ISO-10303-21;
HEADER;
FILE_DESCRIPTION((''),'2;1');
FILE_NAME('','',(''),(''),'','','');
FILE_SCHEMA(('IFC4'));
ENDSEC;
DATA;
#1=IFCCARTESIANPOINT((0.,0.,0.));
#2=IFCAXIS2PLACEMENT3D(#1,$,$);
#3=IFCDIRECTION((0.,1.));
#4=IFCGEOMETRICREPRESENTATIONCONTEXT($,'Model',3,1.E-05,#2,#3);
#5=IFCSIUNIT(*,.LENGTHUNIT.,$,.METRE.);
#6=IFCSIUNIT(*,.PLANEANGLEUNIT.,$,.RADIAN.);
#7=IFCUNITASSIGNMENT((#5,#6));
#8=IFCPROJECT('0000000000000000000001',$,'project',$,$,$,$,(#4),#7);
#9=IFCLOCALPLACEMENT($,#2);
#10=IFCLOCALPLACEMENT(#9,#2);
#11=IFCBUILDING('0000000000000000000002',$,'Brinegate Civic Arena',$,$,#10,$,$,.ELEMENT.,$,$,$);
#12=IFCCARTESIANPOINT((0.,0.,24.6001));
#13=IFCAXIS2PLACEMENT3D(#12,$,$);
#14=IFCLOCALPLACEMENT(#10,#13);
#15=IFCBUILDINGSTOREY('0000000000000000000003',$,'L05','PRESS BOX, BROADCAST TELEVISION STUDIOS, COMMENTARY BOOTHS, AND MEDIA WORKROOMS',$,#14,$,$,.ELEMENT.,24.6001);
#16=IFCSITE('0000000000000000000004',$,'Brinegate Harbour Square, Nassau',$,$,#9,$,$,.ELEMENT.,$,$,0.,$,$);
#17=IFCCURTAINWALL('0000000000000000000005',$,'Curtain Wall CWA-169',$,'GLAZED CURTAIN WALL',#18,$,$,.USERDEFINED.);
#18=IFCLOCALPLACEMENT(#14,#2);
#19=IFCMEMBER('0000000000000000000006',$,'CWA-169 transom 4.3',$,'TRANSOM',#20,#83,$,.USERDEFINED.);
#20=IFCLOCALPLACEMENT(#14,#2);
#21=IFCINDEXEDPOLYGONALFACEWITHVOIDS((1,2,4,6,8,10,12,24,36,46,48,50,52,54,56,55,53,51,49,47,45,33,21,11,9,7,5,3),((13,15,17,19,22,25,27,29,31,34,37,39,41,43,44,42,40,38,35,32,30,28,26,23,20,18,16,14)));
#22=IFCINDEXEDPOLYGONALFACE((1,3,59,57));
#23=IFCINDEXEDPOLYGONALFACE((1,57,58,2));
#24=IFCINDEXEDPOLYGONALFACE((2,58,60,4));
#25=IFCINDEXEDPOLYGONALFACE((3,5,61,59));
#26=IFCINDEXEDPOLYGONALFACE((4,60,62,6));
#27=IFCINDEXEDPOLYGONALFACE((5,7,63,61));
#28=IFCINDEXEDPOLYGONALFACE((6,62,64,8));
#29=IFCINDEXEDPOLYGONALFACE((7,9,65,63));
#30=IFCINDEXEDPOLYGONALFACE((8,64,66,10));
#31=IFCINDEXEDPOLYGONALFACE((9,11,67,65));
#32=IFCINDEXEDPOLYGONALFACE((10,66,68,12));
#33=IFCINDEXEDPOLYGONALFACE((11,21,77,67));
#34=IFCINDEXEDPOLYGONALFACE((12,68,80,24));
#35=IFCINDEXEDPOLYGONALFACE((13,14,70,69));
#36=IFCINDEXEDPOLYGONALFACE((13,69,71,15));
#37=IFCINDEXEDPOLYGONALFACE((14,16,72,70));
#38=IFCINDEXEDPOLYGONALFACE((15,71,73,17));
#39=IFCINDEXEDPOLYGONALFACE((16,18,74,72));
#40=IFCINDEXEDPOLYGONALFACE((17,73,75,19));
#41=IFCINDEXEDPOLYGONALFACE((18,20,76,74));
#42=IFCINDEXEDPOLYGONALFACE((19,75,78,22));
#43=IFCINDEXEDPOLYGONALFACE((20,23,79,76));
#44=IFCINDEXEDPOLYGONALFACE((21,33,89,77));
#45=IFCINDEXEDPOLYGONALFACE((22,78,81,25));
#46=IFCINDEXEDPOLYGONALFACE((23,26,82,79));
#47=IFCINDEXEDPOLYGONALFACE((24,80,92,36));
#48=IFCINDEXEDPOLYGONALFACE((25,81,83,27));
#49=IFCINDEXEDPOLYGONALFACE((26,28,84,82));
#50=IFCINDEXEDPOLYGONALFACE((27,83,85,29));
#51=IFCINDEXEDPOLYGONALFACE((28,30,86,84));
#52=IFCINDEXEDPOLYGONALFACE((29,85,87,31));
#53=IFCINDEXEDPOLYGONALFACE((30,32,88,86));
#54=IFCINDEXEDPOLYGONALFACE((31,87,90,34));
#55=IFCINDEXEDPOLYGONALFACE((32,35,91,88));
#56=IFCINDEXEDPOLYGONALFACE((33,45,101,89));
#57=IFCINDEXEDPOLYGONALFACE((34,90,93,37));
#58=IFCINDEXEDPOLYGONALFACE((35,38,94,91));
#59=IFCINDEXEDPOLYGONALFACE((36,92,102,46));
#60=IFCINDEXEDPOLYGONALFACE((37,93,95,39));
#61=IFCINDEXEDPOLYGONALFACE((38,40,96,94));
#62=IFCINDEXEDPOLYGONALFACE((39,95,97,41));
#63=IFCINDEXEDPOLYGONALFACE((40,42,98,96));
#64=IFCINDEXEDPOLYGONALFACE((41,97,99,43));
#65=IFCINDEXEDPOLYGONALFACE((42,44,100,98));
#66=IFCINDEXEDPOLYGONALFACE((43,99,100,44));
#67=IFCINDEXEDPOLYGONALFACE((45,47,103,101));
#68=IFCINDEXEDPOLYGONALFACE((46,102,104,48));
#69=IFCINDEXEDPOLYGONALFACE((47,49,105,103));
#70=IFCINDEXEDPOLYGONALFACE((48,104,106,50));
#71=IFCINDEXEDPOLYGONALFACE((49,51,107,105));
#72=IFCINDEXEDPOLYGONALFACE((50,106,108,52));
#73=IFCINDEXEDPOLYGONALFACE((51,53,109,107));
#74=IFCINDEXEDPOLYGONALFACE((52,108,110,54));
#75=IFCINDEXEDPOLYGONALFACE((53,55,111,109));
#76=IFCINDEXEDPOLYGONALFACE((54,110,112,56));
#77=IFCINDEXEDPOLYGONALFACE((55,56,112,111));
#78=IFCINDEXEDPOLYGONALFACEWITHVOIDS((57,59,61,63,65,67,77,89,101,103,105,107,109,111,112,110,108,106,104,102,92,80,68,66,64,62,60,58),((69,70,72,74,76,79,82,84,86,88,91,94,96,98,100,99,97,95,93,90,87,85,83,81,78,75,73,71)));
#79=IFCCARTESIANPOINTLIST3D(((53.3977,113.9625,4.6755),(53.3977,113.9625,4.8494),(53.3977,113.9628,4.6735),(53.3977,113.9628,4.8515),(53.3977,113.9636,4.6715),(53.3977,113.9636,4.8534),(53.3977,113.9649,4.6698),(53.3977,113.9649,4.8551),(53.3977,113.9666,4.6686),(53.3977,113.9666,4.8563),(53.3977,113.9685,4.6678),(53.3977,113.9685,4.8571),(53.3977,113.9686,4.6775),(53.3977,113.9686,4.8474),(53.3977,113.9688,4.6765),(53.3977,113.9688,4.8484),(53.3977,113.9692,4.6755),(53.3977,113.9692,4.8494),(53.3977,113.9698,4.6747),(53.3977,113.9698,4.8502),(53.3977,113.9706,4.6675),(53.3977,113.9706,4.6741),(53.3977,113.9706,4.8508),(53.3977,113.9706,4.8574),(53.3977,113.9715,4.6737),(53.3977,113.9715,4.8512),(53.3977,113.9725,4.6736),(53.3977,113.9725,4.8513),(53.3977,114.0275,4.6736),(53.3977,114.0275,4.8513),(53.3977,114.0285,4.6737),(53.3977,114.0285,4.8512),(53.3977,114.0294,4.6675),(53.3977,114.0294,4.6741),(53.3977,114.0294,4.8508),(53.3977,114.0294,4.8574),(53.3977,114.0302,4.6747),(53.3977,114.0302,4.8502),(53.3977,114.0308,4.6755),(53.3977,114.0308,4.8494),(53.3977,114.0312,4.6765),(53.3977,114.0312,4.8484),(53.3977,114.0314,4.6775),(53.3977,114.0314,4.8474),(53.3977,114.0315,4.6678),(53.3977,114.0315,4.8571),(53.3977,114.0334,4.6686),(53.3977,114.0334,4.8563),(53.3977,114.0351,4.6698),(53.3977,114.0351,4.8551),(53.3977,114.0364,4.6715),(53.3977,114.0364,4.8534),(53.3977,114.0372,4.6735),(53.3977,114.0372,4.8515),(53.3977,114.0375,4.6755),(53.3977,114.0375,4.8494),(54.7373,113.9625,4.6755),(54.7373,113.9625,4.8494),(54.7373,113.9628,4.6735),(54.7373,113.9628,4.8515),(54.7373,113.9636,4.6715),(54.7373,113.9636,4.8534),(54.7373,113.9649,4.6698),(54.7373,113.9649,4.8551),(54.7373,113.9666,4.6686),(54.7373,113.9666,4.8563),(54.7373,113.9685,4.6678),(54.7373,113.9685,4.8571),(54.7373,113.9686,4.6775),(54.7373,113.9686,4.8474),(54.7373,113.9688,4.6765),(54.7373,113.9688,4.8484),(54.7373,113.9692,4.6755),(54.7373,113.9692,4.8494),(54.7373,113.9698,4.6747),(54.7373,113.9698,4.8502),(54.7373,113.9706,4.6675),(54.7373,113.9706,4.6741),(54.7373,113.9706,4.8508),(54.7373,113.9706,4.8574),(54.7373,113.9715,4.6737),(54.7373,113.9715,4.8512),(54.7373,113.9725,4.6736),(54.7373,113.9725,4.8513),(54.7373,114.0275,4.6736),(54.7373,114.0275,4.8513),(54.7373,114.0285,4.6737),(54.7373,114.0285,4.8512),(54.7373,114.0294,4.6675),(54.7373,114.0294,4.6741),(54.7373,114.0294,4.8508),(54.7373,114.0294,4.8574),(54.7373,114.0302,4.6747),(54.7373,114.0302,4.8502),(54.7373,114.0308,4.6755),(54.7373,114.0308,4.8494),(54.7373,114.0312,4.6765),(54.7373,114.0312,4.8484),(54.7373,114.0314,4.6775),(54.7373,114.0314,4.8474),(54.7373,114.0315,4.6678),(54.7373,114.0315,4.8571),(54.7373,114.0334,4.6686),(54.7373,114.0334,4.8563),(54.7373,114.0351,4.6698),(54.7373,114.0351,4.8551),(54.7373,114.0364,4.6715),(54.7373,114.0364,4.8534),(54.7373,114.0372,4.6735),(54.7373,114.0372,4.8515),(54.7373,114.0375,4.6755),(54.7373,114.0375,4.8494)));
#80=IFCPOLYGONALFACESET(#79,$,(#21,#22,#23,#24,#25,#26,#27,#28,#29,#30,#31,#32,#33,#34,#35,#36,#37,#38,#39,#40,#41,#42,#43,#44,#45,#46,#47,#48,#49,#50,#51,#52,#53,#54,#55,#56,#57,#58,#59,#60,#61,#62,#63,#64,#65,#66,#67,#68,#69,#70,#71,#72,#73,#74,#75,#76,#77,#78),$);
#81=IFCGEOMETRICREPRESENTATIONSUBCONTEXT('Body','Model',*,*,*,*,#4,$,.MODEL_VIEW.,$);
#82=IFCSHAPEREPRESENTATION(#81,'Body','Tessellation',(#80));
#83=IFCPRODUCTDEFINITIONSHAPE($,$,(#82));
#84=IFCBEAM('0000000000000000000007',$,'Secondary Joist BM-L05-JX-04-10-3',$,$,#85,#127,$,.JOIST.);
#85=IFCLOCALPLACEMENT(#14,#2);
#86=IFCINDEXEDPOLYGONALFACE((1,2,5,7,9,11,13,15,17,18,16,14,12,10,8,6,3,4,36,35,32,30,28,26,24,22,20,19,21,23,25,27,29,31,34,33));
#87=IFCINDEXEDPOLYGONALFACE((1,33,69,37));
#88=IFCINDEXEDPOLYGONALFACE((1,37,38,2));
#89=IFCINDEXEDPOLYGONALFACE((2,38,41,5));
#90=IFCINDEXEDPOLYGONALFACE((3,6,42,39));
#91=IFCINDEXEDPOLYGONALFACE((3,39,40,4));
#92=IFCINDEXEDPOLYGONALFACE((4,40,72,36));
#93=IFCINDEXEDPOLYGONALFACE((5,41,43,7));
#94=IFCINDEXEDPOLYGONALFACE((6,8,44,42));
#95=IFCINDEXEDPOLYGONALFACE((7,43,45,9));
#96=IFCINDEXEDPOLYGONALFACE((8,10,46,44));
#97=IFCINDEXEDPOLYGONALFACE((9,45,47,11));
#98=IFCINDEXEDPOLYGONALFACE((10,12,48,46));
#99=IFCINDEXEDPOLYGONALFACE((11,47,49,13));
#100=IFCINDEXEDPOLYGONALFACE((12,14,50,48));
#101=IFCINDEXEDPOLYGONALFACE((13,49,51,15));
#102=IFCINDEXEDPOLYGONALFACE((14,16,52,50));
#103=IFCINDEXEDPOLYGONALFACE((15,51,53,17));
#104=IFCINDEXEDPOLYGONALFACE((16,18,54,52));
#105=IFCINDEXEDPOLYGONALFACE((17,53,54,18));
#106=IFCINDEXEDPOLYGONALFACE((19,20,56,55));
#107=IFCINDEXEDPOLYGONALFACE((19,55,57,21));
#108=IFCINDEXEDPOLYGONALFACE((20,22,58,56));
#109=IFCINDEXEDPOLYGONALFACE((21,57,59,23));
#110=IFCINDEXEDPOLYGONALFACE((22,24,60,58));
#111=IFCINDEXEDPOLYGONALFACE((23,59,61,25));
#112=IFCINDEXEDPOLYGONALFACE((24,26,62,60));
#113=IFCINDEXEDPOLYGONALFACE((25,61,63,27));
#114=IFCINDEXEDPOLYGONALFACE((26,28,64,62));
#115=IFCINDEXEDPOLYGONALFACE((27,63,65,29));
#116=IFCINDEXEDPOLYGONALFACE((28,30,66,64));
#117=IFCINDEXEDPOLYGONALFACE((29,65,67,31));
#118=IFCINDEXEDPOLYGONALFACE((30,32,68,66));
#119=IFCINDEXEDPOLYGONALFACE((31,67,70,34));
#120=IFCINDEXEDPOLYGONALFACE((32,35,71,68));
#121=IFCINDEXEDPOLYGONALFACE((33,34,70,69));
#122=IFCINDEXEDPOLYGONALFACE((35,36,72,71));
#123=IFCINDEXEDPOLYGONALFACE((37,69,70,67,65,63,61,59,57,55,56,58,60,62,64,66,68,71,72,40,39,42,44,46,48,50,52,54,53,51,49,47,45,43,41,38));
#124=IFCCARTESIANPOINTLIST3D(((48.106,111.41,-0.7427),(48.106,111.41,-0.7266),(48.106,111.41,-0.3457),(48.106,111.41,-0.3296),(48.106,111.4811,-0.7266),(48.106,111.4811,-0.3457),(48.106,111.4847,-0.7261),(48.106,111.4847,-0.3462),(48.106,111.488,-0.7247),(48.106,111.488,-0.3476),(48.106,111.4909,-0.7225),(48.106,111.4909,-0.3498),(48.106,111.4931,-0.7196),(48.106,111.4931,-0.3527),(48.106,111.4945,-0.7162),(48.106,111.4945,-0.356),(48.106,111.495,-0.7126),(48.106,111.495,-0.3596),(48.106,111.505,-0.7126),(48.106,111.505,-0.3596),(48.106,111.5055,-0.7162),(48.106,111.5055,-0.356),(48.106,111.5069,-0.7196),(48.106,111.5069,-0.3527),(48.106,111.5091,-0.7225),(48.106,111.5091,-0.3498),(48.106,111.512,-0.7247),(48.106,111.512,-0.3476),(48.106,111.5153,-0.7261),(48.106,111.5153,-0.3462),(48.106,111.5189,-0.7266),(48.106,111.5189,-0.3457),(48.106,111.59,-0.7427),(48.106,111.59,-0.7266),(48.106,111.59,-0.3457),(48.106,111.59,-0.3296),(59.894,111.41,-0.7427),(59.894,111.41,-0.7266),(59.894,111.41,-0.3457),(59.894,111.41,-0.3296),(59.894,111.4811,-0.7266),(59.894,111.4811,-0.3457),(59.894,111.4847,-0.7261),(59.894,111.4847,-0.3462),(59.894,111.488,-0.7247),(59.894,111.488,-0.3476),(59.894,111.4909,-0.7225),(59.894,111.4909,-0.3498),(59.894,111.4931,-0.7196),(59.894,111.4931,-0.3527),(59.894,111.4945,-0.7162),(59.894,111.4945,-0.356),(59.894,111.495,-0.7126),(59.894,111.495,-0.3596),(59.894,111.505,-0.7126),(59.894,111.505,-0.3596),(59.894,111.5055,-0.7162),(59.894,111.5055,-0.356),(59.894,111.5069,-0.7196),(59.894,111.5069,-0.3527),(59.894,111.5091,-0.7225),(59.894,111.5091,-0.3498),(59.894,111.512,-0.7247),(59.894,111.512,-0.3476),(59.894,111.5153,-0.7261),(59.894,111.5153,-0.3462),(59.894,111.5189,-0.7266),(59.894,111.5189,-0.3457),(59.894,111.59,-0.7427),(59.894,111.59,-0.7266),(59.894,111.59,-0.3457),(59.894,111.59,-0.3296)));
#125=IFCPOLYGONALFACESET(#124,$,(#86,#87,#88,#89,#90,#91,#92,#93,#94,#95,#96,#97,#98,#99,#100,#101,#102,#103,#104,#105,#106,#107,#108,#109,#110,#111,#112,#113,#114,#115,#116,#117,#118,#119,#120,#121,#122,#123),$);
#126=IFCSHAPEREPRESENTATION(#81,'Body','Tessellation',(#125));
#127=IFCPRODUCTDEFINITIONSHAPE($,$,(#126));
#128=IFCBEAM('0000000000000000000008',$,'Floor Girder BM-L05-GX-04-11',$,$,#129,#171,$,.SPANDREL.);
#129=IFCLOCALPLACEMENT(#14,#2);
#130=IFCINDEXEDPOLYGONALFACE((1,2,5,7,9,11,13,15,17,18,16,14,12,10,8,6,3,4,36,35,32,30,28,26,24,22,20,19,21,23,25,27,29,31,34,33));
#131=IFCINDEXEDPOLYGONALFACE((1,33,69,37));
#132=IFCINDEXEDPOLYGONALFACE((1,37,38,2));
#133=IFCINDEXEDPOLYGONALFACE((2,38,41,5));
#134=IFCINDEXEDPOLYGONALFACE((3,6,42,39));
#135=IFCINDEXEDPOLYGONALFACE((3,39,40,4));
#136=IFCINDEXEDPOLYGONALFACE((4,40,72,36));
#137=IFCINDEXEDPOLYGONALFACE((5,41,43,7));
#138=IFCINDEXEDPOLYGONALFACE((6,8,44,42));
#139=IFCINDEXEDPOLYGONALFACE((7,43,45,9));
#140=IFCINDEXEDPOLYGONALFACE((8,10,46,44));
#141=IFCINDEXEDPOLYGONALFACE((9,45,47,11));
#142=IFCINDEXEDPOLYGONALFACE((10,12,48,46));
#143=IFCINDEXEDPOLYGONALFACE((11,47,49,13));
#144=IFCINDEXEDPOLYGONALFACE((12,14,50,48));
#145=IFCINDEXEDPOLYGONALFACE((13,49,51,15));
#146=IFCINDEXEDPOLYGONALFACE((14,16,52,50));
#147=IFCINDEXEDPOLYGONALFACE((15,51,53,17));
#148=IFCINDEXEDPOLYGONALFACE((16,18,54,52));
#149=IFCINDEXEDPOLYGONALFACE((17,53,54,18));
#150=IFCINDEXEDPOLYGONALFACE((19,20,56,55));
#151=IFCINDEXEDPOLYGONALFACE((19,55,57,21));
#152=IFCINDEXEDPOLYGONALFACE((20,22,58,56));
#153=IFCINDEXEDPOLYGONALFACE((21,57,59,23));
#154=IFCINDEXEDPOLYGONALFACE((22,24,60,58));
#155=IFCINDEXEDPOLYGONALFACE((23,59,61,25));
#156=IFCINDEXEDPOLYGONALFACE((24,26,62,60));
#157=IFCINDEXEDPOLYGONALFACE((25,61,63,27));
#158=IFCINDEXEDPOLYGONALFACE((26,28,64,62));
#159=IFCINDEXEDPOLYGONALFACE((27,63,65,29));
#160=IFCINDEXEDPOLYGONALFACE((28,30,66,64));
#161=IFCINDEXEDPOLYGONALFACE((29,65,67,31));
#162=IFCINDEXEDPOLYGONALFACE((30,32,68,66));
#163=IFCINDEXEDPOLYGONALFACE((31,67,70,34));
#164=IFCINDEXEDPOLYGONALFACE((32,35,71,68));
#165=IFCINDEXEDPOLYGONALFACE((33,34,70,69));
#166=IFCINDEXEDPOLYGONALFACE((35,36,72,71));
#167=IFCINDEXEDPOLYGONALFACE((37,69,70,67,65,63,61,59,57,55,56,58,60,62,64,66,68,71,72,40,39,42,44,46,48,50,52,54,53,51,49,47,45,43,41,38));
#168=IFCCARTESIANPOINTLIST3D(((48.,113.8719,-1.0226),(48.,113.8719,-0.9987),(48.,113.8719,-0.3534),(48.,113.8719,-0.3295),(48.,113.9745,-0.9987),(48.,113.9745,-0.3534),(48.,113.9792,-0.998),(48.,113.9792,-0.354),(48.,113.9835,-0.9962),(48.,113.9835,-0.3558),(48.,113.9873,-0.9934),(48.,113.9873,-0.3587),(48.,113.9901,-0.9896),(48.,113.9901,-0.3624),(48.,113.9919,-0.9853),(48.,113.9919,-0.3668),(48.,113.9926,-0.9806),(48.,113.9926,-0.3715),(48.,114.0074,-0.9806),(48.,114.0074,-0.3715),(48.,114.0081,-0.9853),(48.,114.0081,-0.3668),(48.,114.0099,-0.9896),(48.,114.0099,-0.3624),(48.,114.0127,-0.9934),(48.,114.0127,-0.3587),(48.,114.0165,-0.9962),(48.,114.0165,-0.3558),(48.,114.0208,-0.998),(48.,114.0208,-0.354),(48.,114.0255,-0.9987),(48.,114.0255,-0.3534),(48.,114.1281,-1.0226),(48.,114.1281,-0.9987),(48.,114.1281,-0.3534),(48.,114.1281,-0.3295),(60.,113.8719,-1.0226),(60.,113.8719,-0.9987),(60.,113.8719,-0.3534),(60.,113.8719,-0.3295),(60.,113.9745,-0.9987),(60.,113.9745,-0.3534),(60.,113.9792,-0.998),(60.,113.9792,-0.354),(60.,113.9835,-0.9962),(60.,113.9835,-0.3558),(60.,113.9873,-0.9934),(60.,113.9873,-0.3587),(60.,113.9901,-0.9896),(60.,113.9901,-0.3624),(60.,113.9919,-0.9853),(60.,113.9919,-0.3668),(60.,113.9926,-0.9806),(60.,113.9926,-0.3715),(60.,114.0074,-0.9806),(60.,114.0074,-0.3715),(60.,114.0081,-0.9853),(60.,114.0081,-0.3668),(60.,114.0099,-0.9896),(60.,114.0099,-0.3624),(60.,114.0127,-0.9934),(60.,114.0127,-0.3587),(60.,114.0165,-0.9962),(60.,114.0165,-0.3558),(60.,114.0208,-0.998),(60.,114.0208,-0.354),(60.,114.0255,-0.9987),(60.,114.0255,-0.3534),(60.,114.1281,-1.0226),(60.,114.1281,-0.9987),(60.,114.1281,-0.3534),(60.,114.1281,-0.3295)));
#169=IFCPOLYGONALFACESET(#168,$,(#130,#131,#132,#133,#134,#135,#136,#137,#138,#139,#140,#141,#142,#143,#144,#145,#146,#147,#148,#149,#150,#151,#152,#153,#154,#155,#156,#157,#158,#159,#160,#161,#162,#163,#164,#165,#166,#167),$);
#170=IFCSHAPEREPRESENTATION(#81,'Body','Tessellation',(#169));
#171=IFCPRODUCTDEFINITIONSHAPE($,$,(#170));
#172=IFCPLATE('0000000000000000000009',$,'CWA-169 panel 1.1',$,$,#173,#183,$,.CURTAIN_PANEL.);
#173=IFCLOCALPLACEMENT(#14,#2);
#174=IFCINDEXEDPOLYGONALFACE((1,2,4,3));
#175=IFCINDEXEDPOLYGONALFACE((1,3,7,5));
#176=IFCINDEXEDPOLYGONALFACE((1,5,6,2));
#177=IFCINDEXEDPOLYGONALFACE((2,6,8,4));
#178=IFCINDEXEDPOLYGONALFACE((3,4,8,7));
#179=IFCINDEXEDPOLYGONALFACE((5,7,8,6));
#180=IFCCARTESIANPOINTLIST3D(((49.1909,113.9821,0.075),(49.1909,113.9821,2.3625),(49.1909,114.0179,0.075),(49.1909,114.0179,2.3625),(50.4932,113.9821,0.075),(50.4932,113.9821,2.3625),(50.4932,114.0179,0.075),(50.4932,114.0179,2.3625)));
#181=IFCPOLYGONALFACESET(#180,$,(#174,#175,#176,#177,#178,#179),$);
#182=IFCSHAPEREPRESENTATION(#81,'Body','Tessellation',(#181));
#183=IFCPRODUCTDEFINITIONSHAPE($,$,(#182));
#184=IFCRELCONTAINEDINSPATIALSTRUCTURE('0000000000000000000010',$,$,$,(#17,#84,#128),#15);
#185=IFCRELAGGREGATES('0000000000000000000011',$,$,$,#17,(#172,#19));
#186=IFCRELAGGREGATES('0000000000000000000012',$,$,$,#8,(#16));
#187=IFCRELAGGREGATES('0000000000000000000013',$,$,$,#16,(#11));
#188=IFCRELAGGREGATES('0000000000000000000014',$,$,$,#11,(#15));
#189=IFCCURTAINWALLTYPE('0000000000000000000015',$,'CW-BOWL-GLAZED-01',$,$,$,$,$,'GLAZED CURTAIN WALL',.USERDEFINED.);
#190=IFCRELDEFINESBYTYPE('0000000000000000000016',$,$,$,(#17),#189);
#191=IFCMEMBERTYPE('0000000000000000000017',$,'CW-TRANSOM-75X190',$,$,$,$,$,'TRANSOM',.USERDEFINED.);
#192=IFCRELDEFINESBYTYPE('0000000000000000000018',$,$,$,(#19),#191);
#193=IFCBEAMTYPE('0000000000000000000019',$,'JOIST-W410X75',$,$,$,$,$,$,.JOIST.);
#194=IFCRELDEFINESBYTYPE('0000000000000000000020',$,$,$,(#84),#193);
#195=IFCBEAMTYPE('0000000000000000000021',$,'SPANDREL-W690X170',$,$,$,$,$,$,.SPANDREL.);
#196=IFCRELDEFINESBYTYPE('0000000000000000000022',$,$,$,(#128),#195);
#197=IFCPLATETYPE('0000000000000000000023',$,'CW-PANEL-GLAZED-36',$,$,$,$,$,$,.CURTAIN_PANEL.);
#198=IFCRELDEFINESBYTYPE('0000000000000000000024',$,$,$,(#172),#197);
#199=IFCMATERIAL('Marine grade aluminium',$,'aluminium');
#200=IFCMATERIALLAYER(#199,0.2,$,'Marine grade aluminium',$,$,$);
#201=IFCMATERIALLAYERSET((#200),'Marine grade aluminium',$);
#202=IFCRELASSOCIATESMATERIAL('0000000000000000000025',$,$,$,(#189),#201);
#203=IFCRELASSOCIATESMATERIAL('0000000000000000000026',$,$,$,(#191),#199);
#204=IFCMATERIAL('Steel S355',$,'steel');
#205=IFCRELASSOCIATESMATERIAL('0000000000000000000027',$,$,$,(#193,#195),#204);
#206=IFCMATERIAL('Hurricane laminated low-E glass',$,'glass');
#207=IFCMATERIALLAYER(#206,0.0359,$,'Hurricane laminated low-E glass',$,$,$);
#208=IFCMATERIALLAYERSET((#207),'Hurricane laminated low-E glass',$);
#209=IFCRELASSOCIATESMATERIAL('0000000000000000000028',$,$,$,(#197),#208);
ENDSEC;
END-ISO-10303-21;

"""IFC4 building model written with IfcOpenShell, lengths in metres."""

from ifc_helpers import new_model, si_unit, direction, frame, origin, origin_2d, place, context, subcontext, project, spatial, rectangle, hollow_rectangle, i_section, extrude, material, layer, layer_set, material_profile, profile_set, type_object, element, aggregate, save


model = new_model("IFC4")

# Units and contexts
model_context = context("Model", 3, precision=1e-05, world=origin(), true_north=direction((0.0, 1.0)))
body_context = subcontext(model_context, "Body", "Model", "MODEL_VIEW")
ifc_project = project(units=[si_unit("LENGTHUNIT", "METRE"), si_unit("PLANEANGLEUNIT", "RADIAN")], contexts=[model_context])

# Site, building, storey
site_placement = place(None, origin())
site = spatial("IfcSite", under=ifc_project, at=site_placement, Name="Brinegate Harbour Square, Nassau", CompositionType="ELEMENT", RefElevation=0.0)
building_placement = place(site_placement, origin())
building = spatial("IfcBuilding", under=site, at=building_placement, Name="Brinegate Civic Arena", CompositionType="ELEMENT")
storey_placement = place(building_placement, frame((0.0, 0.0, 24.6001)))
storey = spatial("IfcBuildingStorey", under=building, at=storey_placement, Name="L05", Description="PRESS BOX, BROADCAST TELEVISION STUDIOS, COMMENTARY BOOTHS, AND MEDIA WORKROOMS", CompositionType="ELEMENT", Elevation=24.6001)

# Curtain wall
ifc_material_1 = material(Name="Marine grade aluminium", Category="aluminium")
ifc_layer_1 = layer(ifc_material_1, 0.2, Name="Marine grade aluminium")
ifc_layer_set_1 = layer_set([ifc_layer_1], Name="Marine grade aluminium")
curtain_wall_type = type_object("IfcCurtainWallType", Name="CW-BOWL-GLAZED-01", ElementType="GLAZED CURTAIN WALL", PredefinedType="USERDEFINED", material=ifc_layer_set_1)
curtain_wall_1_placement = place(storey_placement, origin())
curtain_wall_1 = element("IfcCurtainWall", 1, at=curtain_wall_1_placement, inside=storey, type_object=curtain_wall_type, Name="Curtain Wall CWA-169", ObjectType="GLAZED CURTAIN WALL", PredefinedType="USERDEFINED")

# Member
ifc_material_profile_1 = material_profile(ifc_material_1, hollow_rectangle(XDim=0.075, YDim=0.1899, WallThickness=0.0061, InnerFilletRadius=0.0039, OuterFilletRadius=0.0081, at=origin_2d()), Name="TRN75X190")
ifc_profile_set_1 = profile_set([ifc_material_profile_1], Name="Marine grade aluminium")
member_type_1 = type_object("IfcMemberType", Name="CW-TRANSOM-75X190", ElementType="TRANSOM", PredefinedType="USERDEFINED", material=ifc_profile_set_1)
member_1_placement = place(storey_placement, frame((53.3977, 114.0, 4.7625), z_axis=(1.0, 0.0, 0.0), x_axis=(0.0, 1.0, 0.0)))
member_1 = element("IfcMember", 2, at=member_1_placement, type_object=member_type_1, Name="CWA-169 transom 4.3", ObjectType="TRANSOM", PredefinedType="USERDEFINED", context=body_context, shape_type="SweptSolid", body=[
    extrude(hollow_rectangle(XDim=0.075, YDim=0.1899, WallThickness=0.0061, InnerFilletRadius=0.0039, OuterFilletRadius=0.0081, at=origin_2d()), origin(), (0.0, 0.0, 1.0), 1.3396),
])

# Beams
ifc_material_2 = material(Name="Steel S355", Category="steel")
ifc_material_profile_2 = material_profile(ifc_material_2, i_section(OverallWidth=0.1799, OverallDepth=0.4131, WebThickness=0.01, FlangeThickness=0.0161, FilletRadius=0.0139, at=origin_2d()), Name="W410X75")
ifc_profile_set_2 = profile_set([ifc_material_profile_2], Name="Steel S355")
beam_type_1 = type_object("IfcBeamType", Name="JOIST-W410X75", PredefinedType="JOIST", material=ifc_profile_set_2)
beam_1_placement = place(storey_placement, frame((48.106, 111.5, -0.5361), z_axis=(1.0, 0.0, 0.0), x_axis=(0.0, 1.0, 0.0)))
element("IfcBeam", 3, at=beam_1_placement, inside=storey, type_object=beam_type_1, Name="Secondary Joist BM-L05-JX-04-10-3", PredefinedType="JOIST", context=body_context, shape_type="SweptSolid", body=[
    extrude(i_section(OverallWidth=0.1799, OverallDepth=0.4131, WebThickness=0.01, FlangeThickness=0.0161, FilletRadius=0.0139, at=origin_2d()), origin(), (0.0, 0.0, 1.0), 11.7881),
])
ifc_material_profile_3 = material_profile(ifc_material_2, i_section(OverallWidth=0.2561, OverallDepth=0.6931, WebThickness=0.0149, FlangeThickness=0.0239, FilletRadius=0.0181, at=origin_2d()), Name="W690X170")
ifc_profile_set_3 = profile_set([ifc_material_profile_3], Name="Steel S355")
beam_type_2 = type_object("IfcBeamType", Name="SPANDREL-W690X170", PredefinedType="SPANDREL", material=ifc_profile_set_3)
beam_2_placement = place(storey_placement, frame((48.0, 114.0, -0.676), z_axis=(1.0, 0.0, 0.0), x_axis=(0.0, 1.0, 0.0)))
element("IfcBeam", 4, at=beam_2_placement, inside=storey, type_object=beam_type_2, Name="Floor Girder BM-L05-GX-04-11", PredefinedType="SPANDREL", context=body_context, shape_type="SweptSolid", body=[
    extrude(i_section(OverallWidth=0.2561, OverallDepth=0.6931, WebThickness=0.0149, FlangeThickness=0.0239, FilletRadius=0.0181, at=origin_2d()), origin(), (0.0, 0.0, 1.0), 12.0),
])

# Plate
ifc_material_3 = material(Name="Hurricane laminated low-E glass", Category="glass")
ifc_layer_2 = layer(ifc_material_3, 0.0359, Name="Hurricane laminated low-E glass")
ifc_layer_set_2 = layer_set([ifc_layer_2], Name="Hurricane laminated low-E glass")
plate_type_1 = type_object("IfcPlateType", Name="CW-PANEL-GLAZED-36", PredefinedType="CURTAIN_PANEL", material=ifc_layer_set_2)
plate_1_placement = place(storey_placement, frame((49.842, 114.0, 0.075), z_axis=(0.0, 0.0, 1.0), x_axis=(1.0, 0.0, 0.0)))
plate_1 = element("IfcPlate", 5, at=plate_1_placement, type_object=plate_type_1, Name="CWA-169 panel 1.1", PredefinedType="CURTAIN_PANEL", context=body_context, shape_type="SweptSolid", body=[
    extrude(rectangle(XDim=1.3022, YDim=0.0359, at=origin_2d()), origin(), (0.0, 0.0, 1.0), 2.2876),
])
aggregate(curtain_wall_1, [plate_1, member_1])

save(model, "model.ifc")
